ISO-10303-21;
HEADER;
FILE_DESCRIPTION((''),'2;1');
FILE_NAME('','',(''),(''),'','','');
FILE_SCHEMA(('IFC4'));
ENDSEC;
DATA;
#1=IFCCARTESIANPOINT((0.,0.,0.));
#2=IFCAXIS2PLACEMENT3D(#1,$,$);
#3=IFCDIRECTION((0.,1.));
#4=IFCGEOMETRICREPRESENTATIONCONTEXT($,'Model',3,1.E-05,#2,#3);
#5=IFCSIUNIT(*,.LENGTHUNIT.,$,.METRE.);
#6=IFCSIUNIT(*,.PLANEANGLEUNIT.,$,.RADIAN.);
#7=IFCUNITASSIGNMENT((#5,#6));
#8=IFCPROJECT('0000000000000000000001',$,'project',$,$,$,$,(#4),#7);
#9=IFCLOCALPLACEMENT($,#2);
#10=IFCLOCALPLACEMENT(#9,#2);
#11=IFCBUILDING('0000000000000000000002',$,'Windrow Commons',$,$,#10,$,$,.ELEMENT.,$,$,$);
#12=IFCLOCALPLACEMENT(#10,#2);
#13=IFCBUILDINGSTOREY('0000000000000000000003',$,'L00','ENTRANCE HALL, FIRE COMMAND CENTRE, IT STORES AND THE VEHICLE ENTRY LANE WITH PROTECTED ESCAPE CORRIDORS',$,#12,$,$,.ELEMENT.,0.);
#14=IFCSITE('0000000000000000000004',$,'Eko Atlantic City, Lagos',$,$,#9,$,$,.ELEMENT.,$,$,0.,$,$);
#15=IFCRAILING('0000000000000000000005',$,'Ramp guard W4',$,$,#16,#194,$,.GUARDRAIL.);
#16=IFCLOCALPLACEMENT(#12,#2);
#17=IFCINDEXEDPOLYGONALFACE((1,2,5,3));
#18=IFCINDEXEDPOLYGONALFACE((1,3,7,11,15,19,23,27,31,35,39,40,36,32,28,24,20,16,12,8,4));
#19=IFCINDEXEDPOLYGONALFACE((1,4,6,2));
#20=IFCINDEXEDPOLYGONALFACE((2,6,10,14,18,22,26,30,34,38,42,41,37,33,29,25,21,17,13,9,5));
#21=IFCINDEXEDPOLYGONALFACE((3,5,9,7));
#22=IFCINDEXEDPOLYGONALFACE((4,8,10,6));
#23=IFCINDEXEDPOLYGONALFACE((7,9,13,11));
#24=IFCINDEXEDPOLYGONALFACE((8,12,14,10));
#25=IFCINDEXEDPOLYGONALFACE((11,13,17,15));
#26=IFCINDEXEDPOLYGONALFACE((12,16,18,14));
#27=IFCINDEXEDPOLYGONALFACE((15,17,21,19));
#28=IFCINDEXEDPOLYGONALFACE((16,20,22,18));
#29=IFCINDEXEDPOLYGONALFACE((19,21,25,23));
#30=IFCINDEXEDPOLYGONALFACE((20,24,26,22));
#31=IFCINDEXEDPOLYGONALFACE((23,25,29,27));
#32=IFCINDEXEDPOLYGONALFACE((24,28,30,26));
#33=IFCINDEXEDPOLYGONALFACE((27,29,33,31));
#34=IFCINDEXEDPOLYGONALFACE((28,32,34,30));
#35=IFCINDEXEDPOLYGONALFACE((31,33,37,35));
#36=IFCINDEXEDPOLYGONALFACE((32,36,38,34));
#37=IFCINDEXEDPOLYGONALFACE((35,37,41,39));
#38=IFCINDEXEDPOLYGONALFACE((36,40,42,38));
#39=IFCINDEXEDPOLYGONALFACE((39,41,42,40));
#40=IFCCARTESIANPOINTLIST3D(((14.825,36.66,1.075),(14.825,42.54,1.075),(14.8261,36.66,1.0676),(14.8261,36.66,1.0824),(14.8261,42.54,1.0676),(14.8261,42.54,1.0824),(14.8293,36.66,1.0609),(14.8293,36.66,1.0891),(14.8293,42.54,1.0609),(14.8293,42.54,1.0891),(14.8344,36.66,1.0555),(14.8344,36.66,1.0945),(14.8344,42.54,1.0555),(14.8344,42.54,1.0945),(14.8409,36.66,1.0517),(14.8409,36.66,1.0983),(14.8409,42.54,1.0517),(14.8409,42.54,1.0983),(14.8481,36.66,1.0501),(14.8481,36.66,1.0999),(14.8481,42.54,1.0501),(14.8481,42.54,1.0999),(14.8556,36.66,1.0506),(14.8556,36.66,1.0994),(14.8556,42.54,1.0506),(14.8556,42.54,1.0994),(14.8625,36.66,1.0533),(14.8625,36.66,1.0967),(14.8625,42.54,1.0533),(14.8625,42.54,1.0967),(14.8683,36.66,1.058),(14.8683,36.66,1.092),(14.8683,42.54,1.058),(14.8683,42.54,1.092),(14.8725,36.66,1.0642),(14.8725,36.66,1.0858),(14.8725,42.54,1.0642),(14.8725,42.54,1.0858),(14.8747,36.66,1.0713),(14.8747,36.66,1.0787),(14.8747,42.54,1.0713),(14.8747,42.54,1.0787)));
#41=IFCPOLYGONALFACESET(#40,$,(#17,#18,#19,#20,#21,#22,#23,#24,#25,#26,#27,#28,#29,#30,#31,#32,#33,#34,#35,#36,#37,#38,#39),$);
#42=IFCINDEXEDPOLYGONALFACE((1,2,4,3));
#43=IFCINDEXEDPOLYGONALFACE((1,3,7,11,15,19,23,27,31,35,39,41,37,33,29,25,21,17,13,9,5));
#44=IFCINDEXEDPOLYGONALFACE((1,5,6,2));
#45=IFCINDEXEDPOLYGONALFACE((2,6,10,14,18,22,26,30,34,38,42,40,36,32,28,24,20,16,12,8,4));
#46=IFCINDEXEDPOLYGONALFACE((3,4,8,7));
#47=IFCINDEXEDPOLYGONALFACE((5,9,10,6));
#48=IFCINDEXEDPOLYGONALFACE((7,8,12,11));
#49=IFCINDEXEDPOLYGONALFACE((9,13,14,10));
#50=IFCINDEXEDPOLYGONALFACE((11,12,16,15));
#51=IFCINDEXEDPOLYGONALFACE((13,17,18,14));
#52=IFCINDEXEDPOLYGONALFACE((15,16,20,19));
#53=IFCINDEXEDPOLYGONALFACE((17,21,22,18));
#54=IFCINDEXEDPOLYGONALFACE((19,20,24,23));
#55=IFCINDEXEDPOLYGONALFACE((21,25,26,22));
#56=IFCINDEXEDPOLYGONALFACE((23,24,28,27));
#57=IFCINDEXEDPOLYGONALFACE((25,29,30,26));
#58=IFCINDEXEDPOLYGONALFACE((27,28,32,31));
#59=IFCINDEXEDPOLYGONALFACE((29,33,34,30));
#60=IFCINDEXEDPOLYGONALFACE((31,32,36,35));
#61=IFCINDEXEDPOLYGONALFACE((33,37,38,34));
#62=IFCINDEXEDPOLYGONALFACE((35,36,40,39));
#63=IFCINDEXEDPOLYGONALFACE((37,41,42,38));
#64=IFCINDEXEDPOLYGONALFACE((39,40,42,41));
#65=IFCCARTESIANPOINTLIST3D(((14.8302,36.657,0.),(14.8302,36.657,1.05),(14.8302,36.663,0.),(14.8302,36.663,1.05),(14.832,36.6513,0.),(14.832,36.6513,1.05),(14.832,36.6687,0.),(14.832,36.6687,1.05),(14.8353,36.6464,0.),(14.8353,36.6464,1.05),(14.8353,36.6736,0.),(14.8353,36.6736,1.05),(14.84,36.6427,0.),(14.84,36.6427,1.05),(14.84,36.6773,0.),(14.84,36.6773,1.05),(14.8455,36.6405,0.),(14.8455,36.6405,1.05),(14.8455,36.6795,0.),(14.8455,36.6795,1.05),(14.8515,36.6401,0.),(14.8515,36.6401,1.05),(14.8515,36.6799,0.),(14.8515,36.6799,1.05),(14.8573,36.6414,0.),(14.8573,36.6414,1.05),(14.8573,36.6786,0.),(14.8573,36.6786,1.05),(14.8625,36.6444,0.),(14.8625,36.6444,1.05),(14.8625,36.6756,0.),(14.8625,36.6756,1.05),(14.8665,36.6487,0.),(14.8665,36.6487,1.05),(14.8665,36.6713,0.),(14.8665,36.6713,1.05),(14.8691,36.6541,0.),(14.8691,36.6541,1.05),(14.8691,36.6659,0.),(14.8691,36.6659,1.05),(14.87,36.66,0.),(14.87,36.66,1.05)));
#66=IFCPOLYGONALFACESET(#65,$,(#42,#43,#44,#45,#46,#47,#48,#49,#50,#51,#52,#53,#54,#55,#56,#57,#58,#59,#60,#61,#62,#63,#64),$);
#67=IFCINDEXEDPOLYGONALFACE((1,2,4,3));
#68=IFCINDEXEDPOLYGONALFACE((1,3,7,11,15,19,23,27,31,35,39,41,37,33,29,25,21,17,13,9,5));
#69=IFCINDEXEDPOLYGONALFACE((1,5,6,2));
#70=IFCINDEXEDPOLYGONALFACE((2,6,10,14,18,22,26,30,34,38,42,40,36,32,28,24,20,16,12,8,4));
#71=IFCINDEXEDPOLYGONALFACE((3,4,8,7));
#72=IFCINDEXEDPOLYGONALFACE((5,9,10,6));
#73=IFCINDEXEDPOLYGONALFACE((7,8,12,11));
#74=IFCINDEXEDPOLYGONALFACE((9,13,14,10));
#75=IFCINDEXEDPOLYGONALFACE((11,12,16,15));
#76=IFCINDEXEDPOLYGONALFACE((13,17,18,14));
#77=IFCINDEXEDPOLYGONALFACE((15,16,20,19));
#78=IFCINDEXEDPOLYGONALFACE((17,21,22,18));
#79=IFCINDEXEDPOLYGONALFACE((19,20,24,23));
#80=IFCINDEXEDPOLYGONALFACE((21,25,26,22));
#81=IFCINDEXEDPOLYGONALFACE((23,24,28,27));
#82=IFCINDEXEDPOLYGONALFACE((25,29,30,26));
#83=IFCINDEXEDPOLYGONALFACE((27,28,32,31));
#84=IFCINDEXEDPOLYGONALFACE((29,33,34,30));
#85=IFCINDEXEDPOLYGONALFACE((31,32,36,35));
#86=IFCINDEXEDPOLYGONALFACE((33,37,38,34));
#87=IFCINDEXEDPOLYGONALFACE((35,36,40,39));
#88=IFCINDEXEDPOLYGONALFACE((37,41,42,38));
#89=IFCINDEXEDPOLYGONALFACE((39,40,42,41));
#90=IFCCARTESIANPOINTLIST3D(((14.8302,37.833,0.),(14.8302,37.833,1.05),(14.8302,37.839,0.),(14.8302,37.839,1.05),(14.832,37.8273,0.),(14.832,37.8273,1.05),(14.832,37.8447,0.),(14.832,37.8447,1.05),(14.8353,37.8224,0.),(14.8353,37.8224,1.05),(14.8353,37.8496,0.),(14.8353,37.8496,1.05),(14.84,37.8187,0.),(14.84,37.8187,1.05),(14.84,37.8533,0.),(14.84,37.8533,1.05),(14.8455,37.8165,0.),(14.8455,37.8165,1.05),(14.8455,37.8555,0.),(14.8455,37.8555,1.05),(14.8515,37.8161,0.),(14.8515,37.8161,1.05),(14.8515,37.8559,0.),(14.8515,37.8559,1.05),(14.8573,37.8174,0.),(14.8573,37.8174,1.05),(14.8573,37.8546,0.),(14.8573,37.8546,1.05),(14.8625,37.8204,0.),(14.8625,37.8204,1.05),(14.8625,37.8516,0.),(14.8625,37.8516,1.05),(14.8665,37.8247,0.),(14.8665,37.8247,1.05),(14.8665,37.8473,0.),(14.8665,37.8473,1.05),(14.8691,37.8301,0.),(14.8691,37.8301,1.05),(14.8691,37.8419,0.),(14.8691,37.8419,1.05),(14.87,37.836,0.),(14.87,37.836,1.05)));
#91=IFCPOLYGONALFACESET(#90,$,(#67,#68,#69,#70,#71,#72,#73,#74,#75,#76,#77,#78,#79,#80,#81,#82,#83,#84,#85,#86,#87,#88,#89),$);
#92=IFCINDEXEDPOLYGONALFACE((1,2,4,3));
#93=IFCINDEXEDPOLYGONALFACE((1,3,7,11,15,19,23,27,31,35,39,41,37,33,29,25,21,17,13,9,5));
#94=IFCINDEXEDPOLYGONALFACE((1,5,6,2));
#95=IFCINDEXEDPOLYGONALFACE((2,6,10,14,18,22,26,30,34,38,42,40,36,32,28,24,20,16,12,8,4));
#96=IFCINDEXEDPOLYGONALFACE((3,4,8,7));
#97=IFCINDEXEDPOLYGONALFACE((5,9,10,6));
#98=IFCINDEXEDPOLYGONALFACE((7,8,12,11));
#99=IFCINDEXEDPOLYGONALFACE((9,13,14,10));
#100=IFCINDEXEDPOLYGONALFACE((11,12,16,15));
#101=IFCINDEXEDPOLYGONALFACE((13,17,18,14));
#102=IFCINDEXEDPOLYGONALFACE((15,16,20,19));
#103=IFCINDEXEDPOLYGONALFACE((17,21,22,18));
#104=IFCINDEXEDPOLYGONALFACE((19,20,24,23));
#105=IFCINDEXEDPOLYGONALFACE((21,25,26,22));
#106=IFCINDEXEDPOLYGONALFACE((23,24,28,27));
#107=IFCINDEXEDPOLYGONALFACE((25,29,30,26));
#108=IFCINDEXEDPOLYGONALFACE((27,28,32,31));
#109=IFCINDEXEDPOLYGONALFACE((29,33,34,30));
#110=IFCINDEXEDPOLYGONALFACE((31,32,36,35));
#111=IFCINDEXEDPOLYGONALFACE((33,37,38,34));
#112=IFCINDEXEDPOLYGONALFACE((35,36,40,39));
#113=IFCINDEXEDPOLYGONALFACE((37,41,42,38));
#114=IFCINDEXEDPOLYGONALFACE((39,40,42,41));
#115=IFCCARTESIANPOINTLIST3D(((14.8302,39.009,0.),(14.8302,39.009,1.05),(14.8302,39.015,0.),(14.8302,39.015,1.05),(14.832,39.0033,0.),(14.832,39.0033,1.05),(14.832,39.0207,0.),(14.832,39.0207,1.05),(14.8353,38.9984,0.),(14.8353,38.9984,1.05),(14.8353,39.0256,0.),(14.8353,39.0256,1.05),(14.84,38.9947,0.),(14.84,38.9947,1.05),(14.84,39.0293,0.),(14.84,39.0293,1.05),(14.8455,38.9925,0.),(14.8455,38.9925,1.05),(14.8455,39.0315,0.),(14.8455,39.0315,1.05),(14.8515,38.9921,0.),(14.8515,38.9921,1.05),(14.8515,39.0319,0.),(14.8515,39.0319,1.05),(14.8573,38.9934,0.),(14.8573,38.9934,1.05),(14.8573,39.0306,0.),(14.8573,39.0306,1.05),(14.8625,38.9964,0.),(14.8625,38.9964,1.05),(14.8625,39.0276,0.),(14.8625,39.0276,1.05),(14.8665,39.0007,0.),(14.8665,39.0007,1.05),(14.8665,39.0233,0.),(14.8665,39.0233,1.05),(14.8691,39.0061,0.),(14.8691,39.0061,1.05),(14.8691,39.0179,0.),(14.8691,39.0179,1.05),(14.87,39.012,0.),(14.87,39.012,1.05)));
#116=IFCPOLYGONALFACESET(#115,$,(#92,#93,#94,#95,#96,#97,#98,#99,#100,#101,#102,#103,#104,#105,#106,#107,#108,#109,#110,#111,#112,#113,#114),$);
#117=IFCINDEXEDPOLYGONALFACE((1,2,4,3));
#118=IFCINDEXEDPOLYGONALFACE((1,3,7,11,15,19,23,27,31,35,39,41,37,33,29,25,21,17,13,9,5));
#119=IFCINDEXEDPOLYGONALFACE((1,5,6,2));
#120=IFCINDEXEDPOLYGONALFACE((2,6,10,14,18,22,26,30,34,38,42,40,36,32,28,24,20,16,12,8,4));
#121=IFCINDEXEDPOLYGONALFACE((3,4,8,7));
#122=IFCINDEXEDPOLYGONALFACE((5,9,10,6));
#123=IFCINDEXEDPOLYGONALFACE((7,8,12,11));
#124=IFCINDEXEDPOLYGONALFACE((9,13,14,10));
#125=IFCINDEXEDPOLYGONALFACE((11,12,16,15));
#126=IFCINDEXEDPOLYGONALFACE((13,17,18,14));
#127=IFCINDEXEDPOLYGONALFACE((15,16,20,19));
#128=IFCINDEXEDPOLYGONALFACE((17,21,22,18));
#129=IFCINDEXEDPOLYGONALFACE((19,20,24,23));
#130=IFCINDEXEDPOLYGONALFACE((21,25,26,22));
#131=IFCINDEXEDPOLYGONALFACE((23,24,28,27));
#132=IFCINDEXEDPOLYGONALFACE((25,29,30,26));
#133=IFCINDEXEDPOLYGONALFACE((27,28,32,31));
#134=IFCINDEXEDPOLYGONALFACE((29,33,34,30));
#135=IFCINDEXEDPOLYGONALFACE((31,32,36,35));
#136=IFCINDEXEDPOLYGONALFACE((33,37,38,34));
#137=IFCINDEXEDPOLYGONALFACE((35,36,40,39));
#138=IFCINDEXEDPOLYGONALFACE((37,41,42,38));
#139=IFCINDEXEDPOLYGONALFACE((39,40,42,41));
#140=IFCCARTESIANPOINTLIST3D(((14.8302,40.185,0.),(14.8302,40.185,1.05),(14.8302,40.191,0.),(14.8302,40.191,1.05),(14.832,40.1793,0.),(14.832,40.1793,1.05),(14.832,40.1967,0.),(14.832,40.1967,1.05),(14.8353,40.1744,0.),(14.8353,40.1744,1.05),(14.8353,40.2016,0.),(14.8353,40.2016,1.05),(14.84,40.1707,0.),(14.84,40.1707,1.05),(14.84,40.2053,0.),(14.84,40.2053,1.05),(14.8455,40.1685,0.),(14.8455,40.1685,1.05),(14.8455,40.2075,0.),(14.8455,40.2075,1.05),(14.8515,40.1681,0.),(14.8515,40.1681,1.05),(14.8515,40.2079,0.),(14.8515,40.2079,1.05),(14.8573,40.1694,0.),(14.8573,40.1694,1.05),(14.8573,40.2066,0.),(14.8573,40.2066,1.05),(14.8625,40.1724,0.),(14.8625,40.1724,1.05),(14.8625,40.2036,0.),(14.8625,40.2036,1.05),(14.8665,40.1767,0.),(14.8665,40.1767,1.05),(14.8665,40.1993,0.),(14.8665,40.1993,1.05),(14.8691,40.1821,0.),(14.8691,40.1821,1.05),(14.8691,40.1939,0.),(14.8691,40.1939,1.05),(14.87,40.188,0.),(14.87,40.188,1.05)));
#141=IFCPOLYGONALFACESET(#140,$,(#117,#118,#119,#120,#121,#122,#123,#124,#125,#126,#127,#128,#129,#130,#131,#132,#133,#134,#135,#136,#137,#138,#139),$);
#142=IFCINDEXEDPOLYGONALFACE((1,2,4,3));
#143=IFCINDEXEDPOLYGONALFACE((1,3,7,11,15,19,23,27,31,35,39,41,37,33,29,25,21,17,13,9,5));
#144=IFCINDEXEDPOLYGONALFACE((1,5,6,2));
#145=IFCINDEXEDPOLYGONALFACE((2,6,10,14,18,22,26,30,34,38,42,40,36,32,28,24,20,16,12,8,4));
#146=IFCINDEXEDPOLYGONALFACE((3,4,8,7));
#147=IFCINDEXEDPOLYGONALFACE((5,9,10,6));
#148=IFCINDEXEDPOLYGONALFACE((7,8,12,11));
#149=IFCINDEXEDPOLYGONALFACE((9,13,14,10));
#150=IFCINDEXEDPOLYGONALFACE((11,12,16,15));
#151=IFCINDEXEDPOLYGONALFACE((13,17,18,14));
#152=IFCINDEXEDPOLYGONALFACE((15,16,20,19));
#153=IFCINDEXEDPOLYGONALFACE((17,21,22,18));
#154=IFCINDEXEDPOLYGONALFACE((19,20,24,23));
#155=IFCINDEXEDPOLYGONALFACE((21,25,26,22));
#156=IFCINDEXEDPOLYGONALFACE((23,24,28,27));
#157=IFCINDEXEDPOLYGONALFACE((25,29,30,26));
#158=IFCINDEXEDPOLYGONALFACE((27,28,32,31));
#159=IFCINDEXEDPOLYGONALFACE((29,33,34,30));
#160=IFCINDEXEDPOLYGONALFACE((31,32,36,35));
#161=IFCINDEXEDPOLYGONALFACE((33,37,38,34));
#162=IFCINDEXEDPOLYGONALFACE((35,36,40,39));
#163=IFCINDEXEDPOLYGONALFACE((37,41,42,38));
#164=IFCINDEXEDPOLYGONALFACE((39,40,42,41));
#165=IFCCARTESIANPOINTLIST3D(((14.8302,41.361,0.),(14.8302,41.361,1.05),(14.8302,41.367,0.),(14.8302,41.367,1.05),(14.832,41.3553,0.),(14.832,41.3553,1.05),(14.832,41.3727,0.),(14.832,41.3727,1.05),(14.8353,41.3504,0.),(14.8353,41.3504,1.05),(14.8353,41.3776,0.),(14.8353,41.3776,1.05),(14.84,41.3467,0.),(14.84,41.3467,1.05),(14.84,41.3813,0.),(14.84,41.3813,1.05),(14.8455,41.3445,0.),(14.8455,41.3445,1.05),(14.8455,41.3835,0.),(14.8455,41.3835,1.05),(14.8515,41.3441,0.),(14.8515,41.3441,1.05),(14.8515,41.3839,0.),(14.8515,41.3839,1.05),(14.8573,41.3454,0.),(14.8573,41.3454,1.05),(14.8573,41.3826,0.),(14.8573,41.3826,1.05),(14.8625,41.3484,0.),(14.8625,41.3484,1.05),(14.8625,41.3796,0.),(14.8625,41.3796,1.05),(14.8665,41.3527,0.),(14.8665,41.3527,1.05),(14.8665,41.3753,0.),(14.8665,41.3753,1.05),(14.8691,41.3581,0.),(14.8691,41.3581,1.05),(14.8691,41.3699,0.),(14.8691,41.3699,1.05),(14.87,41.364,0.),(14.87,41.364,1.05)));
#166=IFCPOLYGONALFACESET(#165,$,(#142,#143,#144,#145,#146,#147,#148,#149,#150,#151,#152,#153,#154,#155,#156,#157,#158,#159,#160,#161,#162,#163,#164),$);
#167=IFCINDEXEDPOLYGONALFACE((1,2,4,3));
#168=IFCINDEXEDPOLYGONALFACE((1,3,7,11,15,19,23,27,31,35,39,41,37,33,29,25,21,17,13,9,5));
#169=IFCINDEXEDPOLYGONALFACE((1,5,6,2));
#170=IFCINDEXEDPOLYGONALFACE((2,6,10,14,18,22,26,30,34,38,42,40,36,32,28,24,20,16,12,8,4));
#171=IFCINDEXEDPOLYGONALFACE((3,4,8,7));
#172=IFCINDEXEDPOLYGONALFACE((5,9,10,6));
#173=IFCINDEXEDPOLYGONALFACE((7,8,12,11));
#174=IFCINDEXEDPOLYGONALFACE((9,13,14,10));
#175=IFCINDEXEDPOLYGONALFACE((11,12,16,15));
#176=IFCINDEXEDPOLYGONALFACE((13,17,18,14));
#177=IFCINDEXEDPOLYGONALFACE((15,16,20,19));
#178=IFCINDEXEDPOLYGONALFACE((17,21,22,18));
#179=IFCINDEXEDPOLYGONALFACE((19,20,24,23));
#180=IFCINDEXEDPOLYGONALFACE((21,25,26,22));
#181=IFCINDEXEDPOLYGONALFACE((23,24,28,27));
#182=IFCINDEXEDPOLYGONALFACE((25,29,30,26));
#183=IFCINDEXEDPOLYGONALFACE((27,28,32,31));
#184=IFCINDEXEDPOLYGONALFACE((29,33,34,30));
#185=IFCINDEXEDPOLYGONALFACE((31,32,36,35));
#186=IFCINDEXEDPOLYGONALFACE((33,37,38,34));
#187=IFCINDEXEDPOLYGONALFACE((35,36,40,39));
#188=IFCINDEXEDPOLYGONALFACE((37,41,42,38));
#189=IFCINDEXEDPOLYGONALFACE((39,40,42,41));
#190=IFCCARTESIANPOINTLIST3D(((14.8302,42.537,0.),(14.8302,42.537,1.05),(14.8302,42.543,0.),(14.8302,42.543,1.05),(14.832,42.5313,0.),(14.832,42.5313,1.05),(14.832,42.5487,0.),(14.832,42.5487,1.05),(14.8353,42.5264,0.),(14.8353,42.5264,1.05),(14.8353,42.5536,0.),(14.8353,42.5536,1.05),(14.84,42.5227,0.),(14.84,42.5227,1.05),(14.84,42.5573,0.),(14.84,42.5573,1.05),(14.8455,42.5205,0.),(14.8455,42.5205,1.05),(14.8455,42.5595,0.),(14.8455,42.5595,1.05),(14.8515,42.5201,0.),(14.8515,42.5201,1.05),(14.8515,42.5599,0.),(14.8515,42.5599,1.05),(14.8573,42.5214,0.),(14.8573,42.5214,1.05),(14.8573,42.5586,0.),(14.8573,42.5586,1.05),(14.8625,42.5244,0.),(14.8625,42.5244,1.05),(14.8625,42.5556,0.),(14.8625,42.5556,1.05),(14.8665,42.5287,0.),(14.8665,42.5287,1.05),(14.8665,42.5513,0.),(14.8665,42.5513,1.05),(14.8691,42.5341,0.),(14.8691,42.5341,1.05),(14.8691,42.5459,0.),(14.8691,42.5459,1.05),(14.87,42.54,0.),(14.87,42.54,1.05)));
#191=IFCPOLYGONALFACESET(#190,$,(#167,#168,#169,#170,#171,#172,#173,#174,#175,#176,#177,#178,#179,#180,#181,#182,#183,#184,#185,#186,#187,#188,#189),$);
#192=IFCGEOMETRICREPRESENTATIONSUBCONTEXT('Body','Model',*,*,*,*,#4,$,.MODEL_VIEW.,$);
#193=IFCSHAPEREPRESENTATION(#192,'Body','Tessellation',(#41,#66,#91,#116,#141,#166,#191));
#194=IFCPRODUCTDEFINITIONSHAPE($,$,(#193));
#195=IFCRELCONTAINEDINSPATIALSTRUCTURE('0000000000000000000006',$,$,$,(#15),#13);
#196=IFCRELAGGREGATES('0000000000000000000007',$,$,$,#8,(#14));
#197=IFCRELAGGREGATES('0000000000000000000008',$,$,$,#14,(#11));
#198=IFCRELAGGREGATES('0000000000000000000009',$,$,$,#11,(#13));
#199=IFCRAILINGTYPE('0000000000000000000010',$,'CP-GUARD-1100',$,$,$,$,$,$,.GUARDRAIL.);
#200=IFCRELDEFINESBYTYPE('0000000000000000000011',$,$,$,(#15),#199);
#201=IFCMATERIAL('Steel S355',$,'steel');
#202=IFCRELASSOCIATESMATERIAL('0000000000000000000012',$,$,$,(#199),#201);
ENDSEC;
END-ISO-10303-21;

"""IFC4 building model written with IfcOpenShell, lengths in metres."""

from ifc_helpers import new_model, si_unit, direction, frame, origin, origin_2d, place, context, subcontext, project, spatial, circle, extrude, material, type_object, element, save


model = new_model("IFC4")

# Units and contexts
model_context = context("Model", 3, precision=1e-05, world=origin(), true_north=direction((0.0, 1.0)))
body_context = subcontext(model_context, "Body", "Model", "MODEL_VIEW")
ifc_project = project(units=[si_unit("LENGTHUNIT", "METRE"), si_unit("PLANEANGLEUNIT", "RADIAN")], contexts=[model_context])

# Site, building, storey
site_placement = place(None, origin())
site = spatial("IfcSite", under=ifc_project, at=site_placement, Name="Eko Atlantic City, Lagos", CompositionType="ELEMENT", RefElevation=0.0)
building_placement = place(site_placement, origin())
building = spatial("IfcBuilding", under=site, at=building_placement, Name="Windrow Commons", CompositionType="ELEMENT")
storey_placement = place(building_placement, origin())
storey = spatial("IfcBuildingStorey", under=building, at=storey_placement, Name="L00", Description="ENTRANCE HALL, FIRE COMMAND CENTRE, IT STORES AND THE VEHICLE ENTRY LANE WITH PROTECTED ESCAPE CORRIDORS", CompositionType="ELEMENT", Elevation=0.0)

# Railing
ifc_material_1 = material(Name="Steel S355", Category="steel")
railing_type = type_object("IfcRailingType", Name="CP-GUARD-1100", PredefinedType="GUARDRAIL", material=ifc_material_1)
for number, where, name in (
    (1, (14.85, 36.66, 0.0), "Ramp guard W4"),
):
    element("IfcRailing", number, at=place(storey_placement, frame(where)), inside=storey, type_object=railing_type, Name=name, PredefinedType="GUARDRAIL", context=body_context, shape_type="SweptSolid", body=[
        extrude(circle(Radius=0.025, at=origin_2d()), frame((0.0, 0.0, 1.075), z_axis=(0.0, 1.0, 0.0), x_axis=(-1.0, 0.0, 0.0)), (0.0, 0.0, 1.0), 5.88),
        extrude(circle(Radius=0.02, at=origin_2d()), origin(), (0.0, 0.0, 1.0), 1.05),
        extrude(circle(Radius=0.02, at=origin_2d()), frame((0.0, 1.176, 0.0)), (0.0, 0.0, 1.0), 1.05),
        extrude(circle(Radius=0.02, at=origin_2d()), frame((0.0, 2.352, 0.0)), (0.0, 0.0, 1.0), 1.05),
        extrude(circle(Radius=0.02, at=origin_2d()), frame((0.0, 3.528, 0.0)), (0.0, 0.0, 1.0), 1.05),
        extrude(circle(Radius=0.02, at=origin_2d()), frame((0.0, 4.704, 0.0)), (0.0, 0.0, 1.0), 1.05),
        extrude(circle(Radius=0.02, at=origin_2d()), frame((0.0, 5.88, 0.0)), (0.0, 0.0, 1.0), 1.05),
    ])

save(model, "model.ifc")
